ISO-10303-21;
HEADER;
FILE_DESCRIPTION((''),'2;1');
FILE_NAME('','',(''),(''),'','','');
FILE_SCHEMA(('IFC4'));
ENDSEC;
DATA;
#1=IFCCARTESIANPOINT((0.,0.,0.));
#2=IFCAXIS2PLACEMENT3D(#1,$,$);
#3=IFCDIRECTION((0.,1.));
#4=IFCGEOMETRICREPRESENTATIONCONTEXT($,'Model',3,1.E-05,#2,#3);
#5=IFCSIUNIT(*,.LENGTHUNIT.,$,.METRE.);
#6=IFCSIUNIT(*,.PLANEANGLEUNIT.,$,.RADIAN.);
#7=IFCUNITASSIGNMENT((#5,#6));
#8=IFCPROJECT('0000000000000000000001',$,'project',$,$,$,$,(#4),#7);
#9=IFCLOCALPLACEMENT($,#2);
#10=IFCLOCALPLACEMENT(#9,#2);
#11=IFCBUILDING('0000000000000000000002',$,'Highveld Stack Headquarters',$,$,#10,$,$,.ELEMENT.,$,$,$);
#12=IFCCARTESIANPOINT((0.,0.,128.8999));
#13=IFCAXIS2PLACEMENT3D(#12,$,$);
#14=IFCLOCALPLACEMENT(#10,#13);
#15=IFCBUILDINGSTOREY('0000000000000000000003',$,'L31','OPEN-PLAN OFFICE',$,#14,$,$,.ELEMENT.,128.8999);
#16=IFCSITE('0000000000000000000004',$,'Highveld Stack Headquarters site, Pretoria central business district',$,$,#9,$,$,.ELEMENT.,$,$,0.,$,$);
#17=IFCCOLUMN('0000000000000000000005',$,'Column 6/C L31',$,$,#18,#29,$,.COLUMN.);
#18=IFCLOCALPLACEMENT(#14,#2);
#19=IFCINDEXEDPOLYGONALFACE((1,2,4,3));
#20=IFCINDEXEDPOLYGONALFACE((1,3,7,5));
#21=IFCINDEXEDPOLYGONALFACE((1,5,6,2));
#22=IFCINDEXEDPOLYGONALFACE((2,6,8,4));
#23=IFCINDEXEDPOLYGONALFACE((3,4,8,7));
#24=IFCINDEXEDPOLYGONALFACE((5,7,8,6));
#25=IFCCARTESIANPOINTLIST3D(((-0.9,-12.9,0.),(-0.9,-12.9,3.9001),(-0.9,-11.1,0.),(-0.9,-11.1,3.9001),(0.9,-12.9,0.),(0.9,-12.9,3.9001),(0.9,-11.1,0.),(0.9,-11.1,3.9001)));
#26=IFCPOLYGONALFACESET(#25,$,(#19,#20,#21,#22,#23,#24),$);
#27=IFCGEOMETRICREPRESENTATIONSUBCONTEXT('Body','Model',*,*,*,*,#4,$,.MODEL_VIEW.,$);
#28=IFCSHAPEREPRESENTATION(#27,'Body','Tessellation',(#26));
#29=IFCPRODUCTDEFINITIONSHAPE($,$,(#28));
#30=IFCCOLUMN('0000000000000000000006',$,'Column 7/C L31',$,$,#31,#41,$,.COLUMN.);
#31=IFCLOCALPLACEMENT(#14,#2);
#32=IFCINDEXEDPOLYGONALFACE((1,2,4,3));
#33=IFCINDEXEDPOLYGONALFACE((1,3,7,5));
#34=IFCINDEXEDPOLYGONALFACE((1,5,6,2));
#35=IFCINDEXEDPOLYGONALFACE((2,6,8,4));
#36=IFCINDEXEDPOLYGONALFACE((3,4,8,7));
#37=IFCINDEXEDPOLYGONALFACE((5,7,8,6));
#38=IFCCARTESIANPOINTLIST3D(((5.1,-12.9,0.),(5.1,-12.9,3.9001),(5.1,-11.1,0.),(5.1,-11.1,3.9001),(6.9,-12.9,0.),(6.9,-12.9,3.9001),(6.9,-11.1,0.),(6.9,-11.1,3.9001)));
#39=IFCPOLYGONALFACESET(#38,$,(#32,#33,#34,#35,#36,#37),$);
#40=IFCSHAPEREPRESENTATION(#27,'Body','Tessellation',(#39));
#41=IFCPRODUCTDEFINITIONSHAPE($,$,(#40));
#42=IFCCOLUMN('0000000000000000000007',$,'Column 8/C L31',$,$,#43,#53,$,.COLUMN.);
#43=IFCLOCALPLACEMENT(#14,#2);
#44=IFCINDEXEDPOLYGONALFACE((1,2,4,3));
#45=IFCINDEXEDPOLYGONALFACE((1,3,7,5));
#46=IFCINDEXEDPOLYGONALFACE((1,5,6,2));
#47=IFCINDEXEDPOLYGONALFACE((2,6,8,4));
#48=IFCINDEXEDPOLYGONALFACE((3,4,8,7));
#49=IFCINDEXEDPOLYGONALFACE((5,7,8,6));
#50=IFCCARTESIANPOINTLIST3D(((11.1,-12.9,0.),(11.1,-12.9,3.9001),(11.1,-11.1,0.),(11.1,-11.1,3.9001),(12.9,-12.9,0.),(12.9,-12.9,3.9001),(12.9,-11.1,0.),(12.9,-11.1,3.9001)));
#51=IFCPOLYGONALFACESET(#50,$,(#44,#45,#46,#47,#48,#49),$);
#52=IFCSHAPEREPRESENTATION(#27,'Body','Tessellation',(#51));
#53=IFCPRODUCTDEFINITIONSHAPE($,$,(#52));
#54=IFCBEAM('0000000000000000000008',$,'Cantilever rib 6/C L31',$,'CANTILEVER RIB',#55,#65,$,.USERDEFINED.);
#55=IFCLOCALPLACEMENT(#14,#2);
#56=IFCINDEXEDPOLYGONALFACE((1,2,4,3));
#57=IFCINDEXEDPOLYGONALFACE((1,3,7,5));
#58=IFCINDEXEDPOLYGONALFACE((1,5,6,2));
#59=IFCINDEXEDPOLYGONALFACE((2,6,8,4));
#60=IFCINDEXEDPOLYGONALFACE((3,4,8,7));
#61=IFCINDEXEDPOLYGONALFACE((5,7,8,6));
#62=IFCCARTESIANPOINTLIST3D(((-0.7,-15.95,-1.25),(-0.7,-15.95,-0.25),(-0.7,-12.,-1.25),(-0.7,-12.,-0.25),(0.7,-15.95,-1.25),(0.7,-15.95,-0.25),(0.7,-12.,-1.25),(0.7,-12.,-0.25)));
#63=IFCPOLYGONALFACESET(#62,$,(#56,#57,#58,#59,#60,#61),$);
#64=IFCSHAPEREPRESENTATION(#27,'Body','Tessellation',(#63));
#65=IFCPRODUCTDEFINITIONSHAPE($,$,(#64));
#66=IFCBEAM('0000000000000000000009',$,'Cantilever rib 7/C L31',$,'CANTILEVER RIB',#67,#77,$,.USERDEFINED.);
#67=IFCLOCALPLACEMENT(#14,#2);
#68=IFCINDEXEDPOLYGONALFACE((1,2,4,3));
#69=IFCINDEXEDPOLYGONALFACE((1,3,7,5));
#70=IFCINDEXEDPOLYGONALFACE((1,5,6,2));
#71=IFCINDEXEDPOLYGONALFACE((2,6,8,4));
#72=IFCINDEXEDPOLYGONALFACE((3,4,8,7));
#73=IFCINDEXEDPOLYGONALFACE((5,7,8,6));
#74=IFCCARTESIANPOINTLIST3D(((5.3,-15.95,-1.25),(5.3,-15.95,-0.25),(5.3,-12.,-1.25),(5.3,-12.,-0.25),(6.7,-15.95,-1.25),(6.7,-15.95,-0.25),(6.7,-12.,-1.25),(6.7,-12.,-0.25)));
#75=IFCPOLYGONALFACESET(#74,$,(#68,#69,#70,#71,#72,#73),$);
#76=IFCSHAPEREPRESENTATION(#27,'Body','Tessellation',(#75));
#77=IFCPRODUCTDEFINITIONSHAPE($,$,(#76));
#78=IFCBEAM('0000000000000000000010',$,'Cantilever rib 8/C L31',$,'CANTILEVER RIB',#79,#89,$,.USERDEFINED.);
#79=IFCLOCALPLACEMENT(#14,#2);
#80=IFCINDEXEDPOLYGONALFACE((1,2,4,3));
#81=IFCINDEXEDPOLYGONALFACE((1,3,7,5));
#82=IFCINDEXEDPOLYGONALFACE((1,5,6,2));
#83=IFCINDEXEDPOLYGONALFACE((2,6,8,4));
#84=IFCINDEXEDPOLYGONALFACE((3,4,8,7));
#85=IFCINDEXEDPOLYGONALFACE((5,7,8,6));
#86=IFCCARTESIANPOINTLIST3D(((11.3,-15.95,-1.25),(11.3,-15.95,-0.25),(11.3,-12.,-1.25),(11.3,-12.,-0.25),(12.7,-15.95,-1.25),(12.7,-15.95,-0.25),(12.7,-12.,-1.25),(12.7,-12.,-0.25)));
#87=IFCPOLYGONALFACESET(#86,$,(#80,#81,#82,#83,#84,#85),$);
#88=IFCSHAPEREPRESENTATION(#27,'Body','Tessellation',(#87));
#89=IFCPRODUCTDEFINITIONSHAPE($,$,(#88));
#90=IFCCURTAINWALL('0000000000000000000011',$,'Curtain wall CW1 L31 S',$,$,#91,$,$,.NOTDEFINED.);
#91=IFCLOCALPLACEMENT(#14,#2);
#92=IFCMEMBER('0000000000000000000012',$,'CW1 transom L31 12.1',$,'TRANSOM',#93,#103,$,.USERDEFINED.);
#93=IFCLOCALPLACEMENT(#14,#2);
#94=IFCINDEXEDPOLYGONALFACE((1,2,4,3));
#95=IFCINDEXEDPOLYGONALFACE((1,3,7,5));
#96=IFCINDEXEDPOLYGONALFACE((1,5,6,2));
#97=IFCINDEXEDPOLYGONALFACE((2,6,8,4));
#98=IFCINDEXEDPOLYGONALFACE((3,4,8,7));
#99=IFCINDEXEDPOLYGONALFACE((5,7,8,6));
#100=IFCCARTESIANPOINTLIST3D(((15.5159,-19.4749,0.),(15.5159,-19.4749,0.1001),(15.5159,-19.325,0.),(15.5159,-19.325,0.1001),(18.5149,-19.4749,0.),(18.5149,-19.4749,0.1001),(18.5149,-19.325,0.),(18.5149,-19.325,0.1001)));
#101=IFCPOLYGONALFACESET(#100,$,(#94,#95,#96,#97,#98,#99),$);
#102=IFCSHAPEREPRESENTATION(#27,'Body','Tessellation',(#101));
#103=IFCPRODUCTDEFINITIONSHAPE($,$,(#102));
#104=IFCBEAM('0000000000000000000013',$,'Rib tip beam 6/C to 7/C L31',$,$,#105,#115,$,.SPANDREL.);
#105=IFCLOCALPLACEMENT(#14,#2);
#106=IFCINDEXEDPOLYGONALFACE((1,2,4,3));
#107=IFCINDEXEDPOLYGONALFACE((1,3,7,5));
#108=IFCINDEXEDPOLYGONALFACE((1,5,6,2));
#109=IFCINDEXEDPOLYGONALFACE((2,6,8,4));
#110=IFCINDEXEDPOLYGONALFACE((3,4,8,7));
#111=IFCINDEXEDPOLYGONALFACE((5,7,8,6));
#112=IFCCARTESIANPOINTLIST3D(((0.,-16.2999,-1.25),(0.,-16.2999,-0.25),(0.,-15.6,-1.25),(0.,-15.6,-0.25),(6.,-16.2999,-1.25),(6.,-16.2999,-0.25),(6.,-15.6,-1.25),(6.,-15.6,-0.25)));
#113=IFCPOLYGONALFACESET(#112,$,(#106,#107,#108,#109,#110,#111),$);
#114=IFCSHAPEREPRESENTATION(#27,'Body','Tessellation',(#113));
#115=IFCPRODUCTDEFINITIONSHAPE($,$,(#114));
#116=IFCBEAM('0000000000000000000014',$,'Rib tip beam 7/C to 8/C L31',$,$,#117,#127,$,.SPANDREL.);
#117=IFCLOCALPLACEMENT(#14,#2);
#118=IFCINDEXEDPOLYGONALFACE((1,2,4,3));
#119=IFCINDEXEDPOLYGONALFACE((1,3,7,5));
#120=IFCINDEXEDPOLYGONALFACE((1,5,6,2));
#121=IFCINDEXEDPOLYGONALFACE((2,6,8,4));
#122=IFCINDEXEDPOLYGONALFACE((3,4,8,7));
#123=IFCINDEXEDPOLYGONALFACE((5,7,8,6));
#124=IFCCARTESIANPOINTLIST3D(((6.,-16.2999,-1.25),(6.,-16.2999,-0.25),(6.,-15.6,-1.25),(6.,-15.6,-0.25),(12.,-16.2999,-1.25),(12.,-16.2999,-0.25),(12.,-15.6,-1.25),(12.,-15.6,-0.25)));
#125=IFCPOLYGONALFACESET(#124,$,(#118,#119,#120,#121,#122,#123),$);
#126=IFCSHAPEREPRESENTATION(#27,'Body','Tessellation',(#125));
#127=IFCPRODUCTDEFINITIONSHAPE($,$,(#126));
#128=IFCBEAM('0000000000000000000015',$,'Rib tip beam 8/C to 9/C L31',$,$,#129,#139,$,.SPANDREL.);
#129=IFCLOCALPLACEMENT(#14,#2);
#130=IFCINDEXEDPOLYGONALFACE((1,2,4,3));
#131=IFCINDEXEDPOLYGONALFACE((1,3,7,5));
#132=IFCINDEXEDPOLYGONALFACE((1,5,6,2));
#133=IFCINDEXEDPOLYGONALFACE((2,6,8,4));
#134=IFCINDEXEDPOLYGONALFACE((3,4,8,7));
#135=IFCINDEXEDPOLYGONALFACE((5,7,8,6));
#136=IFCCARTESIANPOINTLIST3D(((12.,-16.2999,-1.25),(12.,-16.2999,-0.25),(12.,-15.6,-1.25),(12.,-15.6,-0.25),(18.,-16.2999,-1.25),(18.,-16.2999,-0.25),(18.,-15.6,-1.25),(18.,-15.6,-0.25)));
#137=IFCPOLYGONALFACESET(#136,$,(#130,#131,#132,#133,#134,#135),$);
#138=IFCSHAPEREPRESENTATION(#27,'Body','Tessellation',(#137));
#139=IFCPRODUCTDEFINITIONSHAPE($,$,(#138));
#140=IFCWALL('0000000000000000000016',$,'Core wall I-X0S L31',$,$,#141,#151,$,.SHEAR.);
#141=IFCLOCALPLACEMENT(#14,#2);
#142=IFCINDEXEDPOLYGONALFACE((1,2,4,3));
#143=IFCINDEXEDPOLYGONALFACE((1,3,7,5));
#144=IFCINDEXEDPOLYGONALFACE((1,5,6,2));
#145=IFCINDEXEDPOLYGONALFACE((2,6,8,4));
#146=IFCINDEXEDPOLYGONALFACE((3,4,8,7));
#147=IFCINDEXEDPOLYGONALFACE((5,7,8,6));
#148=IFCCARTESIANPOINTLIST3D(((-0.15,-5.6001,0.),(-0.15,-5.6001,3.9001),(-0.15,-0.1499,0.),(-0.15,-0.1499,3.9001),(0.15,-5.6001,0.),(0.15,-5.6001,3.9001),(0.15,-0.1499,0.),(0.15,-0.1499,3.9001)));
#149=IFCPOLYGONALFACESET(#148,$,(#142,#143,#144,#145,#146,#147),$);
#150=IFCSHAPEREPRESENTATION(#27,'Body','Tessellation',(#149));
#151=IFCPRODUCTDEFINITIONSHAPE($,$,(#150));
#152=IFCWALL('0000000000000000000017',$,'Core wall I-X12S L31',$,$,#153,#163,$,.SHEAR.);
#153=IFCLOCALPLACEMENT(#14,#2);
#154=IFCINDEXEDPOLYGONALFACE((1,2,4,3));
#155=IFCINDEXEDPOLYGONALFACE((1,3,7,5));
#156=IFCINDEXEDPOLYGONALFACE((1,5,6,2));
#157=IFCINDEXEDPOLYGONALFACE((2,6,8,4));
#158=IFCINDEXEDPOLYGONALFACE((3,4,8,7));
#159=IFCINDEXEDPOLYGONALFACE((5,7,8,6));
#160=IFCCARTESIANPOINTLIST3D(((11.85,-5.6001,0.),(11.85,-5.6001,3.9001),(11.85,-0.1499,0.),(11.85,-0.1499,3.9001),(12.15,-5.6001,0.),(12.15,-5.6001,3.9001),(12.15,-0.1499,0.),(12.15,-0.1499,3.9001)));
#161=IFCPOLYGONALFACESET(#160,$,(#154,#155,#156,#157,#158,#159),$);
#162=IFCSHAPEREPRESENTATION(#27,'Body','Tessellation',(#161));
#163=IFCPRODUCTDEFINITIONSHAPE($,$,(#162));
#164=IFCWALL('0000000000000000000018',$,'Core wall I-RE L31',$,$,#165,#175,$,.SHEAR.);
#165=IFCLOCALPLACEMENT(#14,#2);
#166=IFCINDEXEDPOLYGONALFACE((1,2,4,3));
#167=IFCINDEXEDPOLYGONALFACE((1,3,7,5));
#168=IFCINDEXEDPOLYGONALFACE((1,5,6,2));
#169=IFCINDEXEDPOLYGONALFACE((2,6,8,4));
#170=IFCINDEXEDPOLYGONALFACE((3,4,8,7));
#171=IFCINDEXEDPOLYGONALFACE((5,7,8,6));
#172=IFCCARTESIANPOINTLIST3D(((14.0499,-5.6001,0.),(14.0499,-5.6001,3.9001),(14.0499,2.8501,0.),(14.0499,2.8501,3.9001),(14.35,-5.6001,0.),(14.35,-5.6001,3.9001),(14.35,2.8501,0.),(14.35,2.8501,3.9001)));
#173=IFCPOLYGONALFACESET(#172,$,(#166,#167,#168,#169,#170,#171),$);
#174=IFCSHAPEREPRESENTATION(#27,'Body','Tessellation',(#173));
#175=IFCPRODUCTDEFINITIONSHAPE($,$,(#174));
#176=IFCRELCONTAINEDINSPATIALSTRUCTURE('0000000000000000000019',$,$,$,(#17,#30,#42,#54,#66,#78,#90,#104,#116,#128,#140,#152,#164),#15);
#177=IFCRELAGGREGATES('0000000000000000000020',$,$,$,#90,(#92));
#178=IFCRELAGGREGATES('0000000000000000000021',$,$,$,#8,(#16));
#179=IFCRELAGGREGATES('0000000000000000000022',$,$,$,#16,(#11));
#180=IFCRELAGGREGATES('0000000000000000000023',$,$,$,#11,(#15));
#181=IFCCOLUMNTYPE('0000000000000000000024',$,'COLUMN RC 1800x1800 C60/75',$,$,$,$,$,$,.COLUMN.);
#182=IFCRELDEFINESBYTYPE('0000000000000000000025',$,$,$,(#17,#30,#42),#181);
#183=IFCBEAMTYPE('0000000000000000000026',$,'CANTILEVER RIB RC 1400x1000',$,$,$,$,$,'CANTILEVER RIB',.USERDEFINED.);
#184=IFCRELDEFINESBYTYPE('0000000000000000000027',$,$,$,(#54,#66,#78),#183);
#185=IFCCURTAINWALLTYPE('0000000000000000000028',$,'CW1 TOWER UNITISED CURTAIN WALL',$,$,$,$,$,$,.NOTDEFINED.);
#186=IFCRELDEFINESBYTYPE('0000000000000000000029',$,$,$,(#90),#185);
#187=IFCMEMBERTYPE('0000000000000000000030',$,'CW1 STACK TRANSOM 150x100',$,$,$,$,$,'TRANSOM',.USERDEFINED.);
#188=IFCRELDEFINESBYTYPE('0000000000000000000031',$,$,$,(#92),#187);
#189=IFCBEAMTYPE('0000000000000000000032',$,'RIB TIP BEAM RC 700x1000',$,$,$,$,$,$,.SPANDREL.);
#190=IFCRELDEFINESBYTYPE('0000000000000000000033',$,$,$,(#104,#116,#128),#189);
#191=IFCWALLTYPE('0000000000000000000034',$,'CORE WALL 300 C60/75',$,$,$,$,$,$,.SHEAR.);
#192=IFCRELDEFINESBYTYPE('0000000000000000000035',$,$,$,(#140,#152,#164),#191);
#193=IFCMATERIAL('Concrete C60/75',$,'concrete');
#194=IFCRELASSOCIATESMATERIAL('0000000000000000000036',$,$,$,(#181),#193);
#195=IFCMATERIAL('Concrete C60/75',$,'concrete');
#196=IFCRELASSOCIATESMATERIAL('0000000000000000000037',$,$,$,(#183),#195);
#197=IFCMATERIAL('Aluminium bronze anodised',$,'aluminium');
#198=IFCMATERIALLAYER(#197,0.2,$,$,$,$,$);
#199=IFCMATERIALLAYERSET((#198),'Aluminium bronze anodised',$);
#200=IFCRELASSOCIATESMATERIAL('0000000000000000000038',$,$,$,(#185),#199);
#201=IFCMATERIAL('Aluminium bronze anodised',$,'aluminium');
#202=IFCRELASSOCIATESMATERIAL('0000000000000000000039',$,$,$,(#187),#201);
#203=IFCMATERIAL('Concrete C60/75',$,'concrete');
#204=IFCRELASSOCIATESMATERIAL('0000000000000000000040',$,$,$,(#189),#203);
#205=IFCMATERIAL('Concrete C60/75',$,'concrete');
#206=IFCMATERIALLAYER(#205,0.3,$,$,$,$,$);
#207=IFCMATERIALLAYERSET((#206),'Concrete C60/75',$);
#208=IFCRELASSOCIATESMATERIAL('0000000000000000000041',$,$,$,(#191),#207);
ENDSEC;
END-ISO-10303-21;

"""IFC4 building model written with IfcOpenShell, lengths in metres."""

from ifc_helpers import new_model, si_unit, direction, frame, frame_2d, origin, origin_2d, place, context, subcontext, project, spatial, rectangle, extrude, material, layer, layer_set, material_profile, profile_set, type_object, element, aggregate, save


model = new_model("IFC4")

# Units and contexts
model_context = context("Model", 3, precision=1e-05, world=origin(), true_north=direction((0.0, 1.0)))
body_context = subcontext(model_context, "Body", "Model", "MODEL_VIEW")
ifc_project = project(units=[si_unit("LENGTHUNIT", "METRE"), si_unit("PLANEANGLEUNIT", "RADIAN")], contexts=[model_context])

# Site, building, storey
site_placement = place(None, origin())
site = spatial("IfcSite", under=ifc_project, at=site_placement, Name="Highveld Stack Headquarters site, Pretoria central business district", CompositionType="ELEMENT", RefElevation=0.0)
building_placement = place(site_placement, origin())
building = spatial("IfcBuilding", under=site, at=building_placement, Name="Highveld Stack Headquarters", CompositionType="ELEMENT")
storey_placement = place(building_placement, frame((0.0, 0.0, 128.8999)))
storey = spatial("IfcBuildingStorey", under=building, at=storey_placement, Name="L31", Description="OPEN-PLAN OFFICE", CompositionType="ELEMENT", Elevation=128.8999)

# Columns
ifc_material_1 = material(Name="Concrete C60/75", Category="concrete")
ifc_material_profile_1 = material_profile(ifc_material_1, rectangle(XDim=1.8, YDim=1.8, at=origin_2d()), Name="RC 1800x1800")
ifc_profile_set_1 = profile_set([ifc_material_profile_1], Name="Concrete C60/75")
column_type = type_object("IfcColumnType", Name="COLUMN RC 1800x1800 C60/75", PredefinedType="COLUMN", material=ifc_profile_set_1)
for number, where, z_axis, x_axis, name in (
    (1, (0.0, -12.0, 0.0), (0.0, 0.0, 1.0), (1.0, 0.0, 0.0), "Column 6/C L31"),
    (2, (6.0, -12.0, 0.0), (0.0, 0.0, 1.0), (1.0, 0.0, 0.0), "Column 7/C L31"),
    (3, (12.0, -12.0, 0.0), (0.0, 0.0, 1.0), (1.0, 0.0, 0.0), "Column 8/C L31"),
):
    element("IfcColumn", number, at=place(storey_placement, frame(where, z_axis=z_axis, x_axis=x_axis)), inside=storey, type_object=column_type, Name=name, PredefinedType="COLUMN", context=body_context, shape_type="SweptSolid", body=[
        extrude(rectangle(XDim=1.8, YDim=1.8, at=origin_2d()), origin(), (0.0, 0.0, 1.0), 3.9001),
    ])

# Beams
ifc_material_2 = material(Name="Concrete C60/75", Category="concrete")
ifc_material_profile_2 = material_profile(ifc_material_2, rectangle(XDim=1.3999, YDim=1.0, at=origin_2d()), Name="RC 1400x1000")
ifc_profile_set_2 = profile_set([ifc_material_profile_2], Name="Concrete C60/75")
beam_type_1 = type_object("IfcBeamType", Name="CANTILEVER RIB RC 1400x1000", ElementType="CANTILEVER RIB", PredefinedType="USERDEFINED", material=ifc_profile_set_2)
for number, where, z_axis, x_axis, name in (
    (4, (0.0, -12.0, -0.75), (0.0, -1.0, 0.0), (1.0, 0.0, 0.0), "Cantilever rib 6/C L31"),
    (5, (6.0, -12.0, -0.75), (0.0, -1.0, 0.0), (1.0, 0.0, 0.0), "Cantilever rib 7/C L31"),
    (6, (12.0, -12.0, -0.75), (0.0, -1.0, 0.0), (1.0, 0.0, 0.0), "Cantilever rib 8/C L31"),
):
    element("IfcBeam", number, at=place(storey_placement, frame(where, z_axis=z_axis, x_axis=x_axis)), inside=storey, type_object=beam_type_1, Name=name, ObjectType="CANTILEVER RIB", PredefinedType="USERDEFINED", context=body_context, shape_type="SweptSolid", body=[
        extrude(rectangle(XDim=1.3999, YDim=1.0, at=origin_2d()), origin(), (0.0, 0.0, 1.0), 3.95),
    ])

# Curtain wall, member
ifc_material_3 = material(Name="Aluminium bronze anodised", Category="aluminium")
ifc_layer_1 = layer(ifc_material_3, 0.2)
ifc_layer_set_1 = layer_set([ifc_layer_1], Name="Aluminium bronze anodised")
curtain_wall_type = type_object("IfcCurtainWallType", Name="CW1 TOWER UNITISED CURTAIN WALL", PredefinedType="NOTDEFINED", material=ifc_layer_set_1)
curtain_wall_placement = place(storey_placement, origin())
curtain_wall = element("IfcCurtainWall", 7, at=curtain_wall_placement, inside=storey, type_object=curtain_wall_type, Name="Curtain wall CW1 L31 S", PredefinedType="NOTDEFINED")
ifc_material_4 = material(Name="Aluminium bronze anodised", Category="aluminium")
ifc_material_profile_3 = material_profile(ifc_material_4, rectangle(XDim=0.1499, YDim=0.1001, at=origin_2d()), Name="CW1 TRANSOM 150x100")
ifc_profile_set_3 = profile_set([ifc_material_profile_3], Name="Aluminium bronze anodised")
member_type = type_object("IfcMemberType", Name="CW1 STACK TRANSOM 150x100", ElementType="TRANSOM", PredefinedType="USERDEFINED", material=ifc_profile_set_3)
member_placement = place(storey_placement, frame((15.5159, -19.3999, 0.05), z_axis=(1.0, 0.0, 0.0), x_axis=(0.0, 1.0, 0.0)))
member = element("IfcMember", 8, at=member_placement, type_object=member_type, Name="CW1 transom L31 12.1", ObjectType="TRANSOM", PredefinedType="USERDEFINED", context=body_context, shape_type="SweptSolid", body=[
    extrude(rectangle(XDim=0.1499, YDim=0.1001, at=origin_2d()), origin(), (0.0, 0.0, 1.0), 2.999),
])
aggregate(curtain_wall, [member])

# Beams
ifc_material_5 = material(Name="Concrete C60/75", Category="concrete")
ifc_material_profile_4 = material_profile(ifc_material_5, rectangle(XDim=0.7, YDim=1.0, at=origin_2d()), Name="RC 700x1000")
ifc_profile_set_4 = profile_set([ifc_material_profile_4], Name="Concrete C60/75")
beam_type_2 = type_object("IfcBeamType", Name="RIB TIP BEAM RC 700x1000", PredefinedType="SPANDREL", material=ifc_profile_set_4)
for number, where, z_axis, x_axis, name in (
    (9, (0.0, -15.95, -0.75), (1.0, 0.0, 0.0), (0.0, 1.0, 0.0), "Rib tip beam 6/C to 7/C L31"),
    (10, (6.0, -15.95, -0.75), (1.0, 0.0, 0.0), (0.0, 1.0, 0.0), "Rib tip beam 7/C to 8/C L31"),
    (11, (12.0, -15.95, -0.75), (1.0, 0.0, 0.0), (0.0, 1.0, 0.0), "Rib tip beam 8/C to 9/C L31"),
):
    element("IfcBeam", number, at=place(storey_placement, frame(where, z_axis=z_axis, x_axis=x_axis)), inside=storey, type_object=beam_type_2, Name=name, PredefinedType="SPANDREL", context=body_context, shape_type="SweptSolid", body=[
        extrude(rectangle(XDim=0.7, YDim=1.0, at=origin_2d()), origin(), (0.0, 0.0, 1.0), 6.0),
    ])

# Walls
ifc_material_6 = material(Name="Concrete C60/75", Category="concrete")
ifc_layer_2 = layer(ifc_material_6, 0.3)
ifc_layer_set_2 = layer_set([ifc_layer_2], Name="Concrete C60/75")
wall_type_1 = type_object("IfcWallType", Name="CORE WALL 300 C60/75", PredefinedType="SHEAR", material=ifc_layer_set_2)
for number, where, z_axis, x_axis, name in (
    (12, (0.0, -5.6001, 0.0), (0.0, 0.0, 1.0), (0.0, 1.0, 0.0), "Core wall I-X0S L31"),
    (13, (12.0, -5.6001, 0.0), (0.0, 0.0, 1.0), (0.0, 1.0, 0.0), "Core wall I-X12S L31"),
):
    element("IfcWall", number, at=place(storey_placement, frame(where, z_axis=z_axis, x_axis=x_axis)), inside=storey, type_object=wall_type_1, Name=name, PredefinedType="SHEAR", context=body_context, shape_type="SweptSolid", body=[
        extrude(rectangle(XDim=5.4502, YDim=0.3, at=frame_2d((2.7251, 0.0))), origin(), (0.0, 0.0, 1.0), 3.9001),
    ])
wall_1_placement = place(storey_placement, frame((14.2, -5.6001, 0.0), z_axis=(0.0, 0.0, 1.0), x_axis=(0.0, 1.0, 0.0)))
element("IfcWall", 14, at=wall_1_placement, inside=storey, type_object=wall_type_1, Name="Core wall I-RE L31", PredefinedType="SHEAR", context=body_context, shape_type="SweptSolid", body=[
    extrude(rectangle(XDim=8.4502, YDim=0.3, at=frame_2d((4.2251, 0.0))), origin(), (0.0, 0.0, 1.0), 3.9001),
])

save(model, "model.ifc")
